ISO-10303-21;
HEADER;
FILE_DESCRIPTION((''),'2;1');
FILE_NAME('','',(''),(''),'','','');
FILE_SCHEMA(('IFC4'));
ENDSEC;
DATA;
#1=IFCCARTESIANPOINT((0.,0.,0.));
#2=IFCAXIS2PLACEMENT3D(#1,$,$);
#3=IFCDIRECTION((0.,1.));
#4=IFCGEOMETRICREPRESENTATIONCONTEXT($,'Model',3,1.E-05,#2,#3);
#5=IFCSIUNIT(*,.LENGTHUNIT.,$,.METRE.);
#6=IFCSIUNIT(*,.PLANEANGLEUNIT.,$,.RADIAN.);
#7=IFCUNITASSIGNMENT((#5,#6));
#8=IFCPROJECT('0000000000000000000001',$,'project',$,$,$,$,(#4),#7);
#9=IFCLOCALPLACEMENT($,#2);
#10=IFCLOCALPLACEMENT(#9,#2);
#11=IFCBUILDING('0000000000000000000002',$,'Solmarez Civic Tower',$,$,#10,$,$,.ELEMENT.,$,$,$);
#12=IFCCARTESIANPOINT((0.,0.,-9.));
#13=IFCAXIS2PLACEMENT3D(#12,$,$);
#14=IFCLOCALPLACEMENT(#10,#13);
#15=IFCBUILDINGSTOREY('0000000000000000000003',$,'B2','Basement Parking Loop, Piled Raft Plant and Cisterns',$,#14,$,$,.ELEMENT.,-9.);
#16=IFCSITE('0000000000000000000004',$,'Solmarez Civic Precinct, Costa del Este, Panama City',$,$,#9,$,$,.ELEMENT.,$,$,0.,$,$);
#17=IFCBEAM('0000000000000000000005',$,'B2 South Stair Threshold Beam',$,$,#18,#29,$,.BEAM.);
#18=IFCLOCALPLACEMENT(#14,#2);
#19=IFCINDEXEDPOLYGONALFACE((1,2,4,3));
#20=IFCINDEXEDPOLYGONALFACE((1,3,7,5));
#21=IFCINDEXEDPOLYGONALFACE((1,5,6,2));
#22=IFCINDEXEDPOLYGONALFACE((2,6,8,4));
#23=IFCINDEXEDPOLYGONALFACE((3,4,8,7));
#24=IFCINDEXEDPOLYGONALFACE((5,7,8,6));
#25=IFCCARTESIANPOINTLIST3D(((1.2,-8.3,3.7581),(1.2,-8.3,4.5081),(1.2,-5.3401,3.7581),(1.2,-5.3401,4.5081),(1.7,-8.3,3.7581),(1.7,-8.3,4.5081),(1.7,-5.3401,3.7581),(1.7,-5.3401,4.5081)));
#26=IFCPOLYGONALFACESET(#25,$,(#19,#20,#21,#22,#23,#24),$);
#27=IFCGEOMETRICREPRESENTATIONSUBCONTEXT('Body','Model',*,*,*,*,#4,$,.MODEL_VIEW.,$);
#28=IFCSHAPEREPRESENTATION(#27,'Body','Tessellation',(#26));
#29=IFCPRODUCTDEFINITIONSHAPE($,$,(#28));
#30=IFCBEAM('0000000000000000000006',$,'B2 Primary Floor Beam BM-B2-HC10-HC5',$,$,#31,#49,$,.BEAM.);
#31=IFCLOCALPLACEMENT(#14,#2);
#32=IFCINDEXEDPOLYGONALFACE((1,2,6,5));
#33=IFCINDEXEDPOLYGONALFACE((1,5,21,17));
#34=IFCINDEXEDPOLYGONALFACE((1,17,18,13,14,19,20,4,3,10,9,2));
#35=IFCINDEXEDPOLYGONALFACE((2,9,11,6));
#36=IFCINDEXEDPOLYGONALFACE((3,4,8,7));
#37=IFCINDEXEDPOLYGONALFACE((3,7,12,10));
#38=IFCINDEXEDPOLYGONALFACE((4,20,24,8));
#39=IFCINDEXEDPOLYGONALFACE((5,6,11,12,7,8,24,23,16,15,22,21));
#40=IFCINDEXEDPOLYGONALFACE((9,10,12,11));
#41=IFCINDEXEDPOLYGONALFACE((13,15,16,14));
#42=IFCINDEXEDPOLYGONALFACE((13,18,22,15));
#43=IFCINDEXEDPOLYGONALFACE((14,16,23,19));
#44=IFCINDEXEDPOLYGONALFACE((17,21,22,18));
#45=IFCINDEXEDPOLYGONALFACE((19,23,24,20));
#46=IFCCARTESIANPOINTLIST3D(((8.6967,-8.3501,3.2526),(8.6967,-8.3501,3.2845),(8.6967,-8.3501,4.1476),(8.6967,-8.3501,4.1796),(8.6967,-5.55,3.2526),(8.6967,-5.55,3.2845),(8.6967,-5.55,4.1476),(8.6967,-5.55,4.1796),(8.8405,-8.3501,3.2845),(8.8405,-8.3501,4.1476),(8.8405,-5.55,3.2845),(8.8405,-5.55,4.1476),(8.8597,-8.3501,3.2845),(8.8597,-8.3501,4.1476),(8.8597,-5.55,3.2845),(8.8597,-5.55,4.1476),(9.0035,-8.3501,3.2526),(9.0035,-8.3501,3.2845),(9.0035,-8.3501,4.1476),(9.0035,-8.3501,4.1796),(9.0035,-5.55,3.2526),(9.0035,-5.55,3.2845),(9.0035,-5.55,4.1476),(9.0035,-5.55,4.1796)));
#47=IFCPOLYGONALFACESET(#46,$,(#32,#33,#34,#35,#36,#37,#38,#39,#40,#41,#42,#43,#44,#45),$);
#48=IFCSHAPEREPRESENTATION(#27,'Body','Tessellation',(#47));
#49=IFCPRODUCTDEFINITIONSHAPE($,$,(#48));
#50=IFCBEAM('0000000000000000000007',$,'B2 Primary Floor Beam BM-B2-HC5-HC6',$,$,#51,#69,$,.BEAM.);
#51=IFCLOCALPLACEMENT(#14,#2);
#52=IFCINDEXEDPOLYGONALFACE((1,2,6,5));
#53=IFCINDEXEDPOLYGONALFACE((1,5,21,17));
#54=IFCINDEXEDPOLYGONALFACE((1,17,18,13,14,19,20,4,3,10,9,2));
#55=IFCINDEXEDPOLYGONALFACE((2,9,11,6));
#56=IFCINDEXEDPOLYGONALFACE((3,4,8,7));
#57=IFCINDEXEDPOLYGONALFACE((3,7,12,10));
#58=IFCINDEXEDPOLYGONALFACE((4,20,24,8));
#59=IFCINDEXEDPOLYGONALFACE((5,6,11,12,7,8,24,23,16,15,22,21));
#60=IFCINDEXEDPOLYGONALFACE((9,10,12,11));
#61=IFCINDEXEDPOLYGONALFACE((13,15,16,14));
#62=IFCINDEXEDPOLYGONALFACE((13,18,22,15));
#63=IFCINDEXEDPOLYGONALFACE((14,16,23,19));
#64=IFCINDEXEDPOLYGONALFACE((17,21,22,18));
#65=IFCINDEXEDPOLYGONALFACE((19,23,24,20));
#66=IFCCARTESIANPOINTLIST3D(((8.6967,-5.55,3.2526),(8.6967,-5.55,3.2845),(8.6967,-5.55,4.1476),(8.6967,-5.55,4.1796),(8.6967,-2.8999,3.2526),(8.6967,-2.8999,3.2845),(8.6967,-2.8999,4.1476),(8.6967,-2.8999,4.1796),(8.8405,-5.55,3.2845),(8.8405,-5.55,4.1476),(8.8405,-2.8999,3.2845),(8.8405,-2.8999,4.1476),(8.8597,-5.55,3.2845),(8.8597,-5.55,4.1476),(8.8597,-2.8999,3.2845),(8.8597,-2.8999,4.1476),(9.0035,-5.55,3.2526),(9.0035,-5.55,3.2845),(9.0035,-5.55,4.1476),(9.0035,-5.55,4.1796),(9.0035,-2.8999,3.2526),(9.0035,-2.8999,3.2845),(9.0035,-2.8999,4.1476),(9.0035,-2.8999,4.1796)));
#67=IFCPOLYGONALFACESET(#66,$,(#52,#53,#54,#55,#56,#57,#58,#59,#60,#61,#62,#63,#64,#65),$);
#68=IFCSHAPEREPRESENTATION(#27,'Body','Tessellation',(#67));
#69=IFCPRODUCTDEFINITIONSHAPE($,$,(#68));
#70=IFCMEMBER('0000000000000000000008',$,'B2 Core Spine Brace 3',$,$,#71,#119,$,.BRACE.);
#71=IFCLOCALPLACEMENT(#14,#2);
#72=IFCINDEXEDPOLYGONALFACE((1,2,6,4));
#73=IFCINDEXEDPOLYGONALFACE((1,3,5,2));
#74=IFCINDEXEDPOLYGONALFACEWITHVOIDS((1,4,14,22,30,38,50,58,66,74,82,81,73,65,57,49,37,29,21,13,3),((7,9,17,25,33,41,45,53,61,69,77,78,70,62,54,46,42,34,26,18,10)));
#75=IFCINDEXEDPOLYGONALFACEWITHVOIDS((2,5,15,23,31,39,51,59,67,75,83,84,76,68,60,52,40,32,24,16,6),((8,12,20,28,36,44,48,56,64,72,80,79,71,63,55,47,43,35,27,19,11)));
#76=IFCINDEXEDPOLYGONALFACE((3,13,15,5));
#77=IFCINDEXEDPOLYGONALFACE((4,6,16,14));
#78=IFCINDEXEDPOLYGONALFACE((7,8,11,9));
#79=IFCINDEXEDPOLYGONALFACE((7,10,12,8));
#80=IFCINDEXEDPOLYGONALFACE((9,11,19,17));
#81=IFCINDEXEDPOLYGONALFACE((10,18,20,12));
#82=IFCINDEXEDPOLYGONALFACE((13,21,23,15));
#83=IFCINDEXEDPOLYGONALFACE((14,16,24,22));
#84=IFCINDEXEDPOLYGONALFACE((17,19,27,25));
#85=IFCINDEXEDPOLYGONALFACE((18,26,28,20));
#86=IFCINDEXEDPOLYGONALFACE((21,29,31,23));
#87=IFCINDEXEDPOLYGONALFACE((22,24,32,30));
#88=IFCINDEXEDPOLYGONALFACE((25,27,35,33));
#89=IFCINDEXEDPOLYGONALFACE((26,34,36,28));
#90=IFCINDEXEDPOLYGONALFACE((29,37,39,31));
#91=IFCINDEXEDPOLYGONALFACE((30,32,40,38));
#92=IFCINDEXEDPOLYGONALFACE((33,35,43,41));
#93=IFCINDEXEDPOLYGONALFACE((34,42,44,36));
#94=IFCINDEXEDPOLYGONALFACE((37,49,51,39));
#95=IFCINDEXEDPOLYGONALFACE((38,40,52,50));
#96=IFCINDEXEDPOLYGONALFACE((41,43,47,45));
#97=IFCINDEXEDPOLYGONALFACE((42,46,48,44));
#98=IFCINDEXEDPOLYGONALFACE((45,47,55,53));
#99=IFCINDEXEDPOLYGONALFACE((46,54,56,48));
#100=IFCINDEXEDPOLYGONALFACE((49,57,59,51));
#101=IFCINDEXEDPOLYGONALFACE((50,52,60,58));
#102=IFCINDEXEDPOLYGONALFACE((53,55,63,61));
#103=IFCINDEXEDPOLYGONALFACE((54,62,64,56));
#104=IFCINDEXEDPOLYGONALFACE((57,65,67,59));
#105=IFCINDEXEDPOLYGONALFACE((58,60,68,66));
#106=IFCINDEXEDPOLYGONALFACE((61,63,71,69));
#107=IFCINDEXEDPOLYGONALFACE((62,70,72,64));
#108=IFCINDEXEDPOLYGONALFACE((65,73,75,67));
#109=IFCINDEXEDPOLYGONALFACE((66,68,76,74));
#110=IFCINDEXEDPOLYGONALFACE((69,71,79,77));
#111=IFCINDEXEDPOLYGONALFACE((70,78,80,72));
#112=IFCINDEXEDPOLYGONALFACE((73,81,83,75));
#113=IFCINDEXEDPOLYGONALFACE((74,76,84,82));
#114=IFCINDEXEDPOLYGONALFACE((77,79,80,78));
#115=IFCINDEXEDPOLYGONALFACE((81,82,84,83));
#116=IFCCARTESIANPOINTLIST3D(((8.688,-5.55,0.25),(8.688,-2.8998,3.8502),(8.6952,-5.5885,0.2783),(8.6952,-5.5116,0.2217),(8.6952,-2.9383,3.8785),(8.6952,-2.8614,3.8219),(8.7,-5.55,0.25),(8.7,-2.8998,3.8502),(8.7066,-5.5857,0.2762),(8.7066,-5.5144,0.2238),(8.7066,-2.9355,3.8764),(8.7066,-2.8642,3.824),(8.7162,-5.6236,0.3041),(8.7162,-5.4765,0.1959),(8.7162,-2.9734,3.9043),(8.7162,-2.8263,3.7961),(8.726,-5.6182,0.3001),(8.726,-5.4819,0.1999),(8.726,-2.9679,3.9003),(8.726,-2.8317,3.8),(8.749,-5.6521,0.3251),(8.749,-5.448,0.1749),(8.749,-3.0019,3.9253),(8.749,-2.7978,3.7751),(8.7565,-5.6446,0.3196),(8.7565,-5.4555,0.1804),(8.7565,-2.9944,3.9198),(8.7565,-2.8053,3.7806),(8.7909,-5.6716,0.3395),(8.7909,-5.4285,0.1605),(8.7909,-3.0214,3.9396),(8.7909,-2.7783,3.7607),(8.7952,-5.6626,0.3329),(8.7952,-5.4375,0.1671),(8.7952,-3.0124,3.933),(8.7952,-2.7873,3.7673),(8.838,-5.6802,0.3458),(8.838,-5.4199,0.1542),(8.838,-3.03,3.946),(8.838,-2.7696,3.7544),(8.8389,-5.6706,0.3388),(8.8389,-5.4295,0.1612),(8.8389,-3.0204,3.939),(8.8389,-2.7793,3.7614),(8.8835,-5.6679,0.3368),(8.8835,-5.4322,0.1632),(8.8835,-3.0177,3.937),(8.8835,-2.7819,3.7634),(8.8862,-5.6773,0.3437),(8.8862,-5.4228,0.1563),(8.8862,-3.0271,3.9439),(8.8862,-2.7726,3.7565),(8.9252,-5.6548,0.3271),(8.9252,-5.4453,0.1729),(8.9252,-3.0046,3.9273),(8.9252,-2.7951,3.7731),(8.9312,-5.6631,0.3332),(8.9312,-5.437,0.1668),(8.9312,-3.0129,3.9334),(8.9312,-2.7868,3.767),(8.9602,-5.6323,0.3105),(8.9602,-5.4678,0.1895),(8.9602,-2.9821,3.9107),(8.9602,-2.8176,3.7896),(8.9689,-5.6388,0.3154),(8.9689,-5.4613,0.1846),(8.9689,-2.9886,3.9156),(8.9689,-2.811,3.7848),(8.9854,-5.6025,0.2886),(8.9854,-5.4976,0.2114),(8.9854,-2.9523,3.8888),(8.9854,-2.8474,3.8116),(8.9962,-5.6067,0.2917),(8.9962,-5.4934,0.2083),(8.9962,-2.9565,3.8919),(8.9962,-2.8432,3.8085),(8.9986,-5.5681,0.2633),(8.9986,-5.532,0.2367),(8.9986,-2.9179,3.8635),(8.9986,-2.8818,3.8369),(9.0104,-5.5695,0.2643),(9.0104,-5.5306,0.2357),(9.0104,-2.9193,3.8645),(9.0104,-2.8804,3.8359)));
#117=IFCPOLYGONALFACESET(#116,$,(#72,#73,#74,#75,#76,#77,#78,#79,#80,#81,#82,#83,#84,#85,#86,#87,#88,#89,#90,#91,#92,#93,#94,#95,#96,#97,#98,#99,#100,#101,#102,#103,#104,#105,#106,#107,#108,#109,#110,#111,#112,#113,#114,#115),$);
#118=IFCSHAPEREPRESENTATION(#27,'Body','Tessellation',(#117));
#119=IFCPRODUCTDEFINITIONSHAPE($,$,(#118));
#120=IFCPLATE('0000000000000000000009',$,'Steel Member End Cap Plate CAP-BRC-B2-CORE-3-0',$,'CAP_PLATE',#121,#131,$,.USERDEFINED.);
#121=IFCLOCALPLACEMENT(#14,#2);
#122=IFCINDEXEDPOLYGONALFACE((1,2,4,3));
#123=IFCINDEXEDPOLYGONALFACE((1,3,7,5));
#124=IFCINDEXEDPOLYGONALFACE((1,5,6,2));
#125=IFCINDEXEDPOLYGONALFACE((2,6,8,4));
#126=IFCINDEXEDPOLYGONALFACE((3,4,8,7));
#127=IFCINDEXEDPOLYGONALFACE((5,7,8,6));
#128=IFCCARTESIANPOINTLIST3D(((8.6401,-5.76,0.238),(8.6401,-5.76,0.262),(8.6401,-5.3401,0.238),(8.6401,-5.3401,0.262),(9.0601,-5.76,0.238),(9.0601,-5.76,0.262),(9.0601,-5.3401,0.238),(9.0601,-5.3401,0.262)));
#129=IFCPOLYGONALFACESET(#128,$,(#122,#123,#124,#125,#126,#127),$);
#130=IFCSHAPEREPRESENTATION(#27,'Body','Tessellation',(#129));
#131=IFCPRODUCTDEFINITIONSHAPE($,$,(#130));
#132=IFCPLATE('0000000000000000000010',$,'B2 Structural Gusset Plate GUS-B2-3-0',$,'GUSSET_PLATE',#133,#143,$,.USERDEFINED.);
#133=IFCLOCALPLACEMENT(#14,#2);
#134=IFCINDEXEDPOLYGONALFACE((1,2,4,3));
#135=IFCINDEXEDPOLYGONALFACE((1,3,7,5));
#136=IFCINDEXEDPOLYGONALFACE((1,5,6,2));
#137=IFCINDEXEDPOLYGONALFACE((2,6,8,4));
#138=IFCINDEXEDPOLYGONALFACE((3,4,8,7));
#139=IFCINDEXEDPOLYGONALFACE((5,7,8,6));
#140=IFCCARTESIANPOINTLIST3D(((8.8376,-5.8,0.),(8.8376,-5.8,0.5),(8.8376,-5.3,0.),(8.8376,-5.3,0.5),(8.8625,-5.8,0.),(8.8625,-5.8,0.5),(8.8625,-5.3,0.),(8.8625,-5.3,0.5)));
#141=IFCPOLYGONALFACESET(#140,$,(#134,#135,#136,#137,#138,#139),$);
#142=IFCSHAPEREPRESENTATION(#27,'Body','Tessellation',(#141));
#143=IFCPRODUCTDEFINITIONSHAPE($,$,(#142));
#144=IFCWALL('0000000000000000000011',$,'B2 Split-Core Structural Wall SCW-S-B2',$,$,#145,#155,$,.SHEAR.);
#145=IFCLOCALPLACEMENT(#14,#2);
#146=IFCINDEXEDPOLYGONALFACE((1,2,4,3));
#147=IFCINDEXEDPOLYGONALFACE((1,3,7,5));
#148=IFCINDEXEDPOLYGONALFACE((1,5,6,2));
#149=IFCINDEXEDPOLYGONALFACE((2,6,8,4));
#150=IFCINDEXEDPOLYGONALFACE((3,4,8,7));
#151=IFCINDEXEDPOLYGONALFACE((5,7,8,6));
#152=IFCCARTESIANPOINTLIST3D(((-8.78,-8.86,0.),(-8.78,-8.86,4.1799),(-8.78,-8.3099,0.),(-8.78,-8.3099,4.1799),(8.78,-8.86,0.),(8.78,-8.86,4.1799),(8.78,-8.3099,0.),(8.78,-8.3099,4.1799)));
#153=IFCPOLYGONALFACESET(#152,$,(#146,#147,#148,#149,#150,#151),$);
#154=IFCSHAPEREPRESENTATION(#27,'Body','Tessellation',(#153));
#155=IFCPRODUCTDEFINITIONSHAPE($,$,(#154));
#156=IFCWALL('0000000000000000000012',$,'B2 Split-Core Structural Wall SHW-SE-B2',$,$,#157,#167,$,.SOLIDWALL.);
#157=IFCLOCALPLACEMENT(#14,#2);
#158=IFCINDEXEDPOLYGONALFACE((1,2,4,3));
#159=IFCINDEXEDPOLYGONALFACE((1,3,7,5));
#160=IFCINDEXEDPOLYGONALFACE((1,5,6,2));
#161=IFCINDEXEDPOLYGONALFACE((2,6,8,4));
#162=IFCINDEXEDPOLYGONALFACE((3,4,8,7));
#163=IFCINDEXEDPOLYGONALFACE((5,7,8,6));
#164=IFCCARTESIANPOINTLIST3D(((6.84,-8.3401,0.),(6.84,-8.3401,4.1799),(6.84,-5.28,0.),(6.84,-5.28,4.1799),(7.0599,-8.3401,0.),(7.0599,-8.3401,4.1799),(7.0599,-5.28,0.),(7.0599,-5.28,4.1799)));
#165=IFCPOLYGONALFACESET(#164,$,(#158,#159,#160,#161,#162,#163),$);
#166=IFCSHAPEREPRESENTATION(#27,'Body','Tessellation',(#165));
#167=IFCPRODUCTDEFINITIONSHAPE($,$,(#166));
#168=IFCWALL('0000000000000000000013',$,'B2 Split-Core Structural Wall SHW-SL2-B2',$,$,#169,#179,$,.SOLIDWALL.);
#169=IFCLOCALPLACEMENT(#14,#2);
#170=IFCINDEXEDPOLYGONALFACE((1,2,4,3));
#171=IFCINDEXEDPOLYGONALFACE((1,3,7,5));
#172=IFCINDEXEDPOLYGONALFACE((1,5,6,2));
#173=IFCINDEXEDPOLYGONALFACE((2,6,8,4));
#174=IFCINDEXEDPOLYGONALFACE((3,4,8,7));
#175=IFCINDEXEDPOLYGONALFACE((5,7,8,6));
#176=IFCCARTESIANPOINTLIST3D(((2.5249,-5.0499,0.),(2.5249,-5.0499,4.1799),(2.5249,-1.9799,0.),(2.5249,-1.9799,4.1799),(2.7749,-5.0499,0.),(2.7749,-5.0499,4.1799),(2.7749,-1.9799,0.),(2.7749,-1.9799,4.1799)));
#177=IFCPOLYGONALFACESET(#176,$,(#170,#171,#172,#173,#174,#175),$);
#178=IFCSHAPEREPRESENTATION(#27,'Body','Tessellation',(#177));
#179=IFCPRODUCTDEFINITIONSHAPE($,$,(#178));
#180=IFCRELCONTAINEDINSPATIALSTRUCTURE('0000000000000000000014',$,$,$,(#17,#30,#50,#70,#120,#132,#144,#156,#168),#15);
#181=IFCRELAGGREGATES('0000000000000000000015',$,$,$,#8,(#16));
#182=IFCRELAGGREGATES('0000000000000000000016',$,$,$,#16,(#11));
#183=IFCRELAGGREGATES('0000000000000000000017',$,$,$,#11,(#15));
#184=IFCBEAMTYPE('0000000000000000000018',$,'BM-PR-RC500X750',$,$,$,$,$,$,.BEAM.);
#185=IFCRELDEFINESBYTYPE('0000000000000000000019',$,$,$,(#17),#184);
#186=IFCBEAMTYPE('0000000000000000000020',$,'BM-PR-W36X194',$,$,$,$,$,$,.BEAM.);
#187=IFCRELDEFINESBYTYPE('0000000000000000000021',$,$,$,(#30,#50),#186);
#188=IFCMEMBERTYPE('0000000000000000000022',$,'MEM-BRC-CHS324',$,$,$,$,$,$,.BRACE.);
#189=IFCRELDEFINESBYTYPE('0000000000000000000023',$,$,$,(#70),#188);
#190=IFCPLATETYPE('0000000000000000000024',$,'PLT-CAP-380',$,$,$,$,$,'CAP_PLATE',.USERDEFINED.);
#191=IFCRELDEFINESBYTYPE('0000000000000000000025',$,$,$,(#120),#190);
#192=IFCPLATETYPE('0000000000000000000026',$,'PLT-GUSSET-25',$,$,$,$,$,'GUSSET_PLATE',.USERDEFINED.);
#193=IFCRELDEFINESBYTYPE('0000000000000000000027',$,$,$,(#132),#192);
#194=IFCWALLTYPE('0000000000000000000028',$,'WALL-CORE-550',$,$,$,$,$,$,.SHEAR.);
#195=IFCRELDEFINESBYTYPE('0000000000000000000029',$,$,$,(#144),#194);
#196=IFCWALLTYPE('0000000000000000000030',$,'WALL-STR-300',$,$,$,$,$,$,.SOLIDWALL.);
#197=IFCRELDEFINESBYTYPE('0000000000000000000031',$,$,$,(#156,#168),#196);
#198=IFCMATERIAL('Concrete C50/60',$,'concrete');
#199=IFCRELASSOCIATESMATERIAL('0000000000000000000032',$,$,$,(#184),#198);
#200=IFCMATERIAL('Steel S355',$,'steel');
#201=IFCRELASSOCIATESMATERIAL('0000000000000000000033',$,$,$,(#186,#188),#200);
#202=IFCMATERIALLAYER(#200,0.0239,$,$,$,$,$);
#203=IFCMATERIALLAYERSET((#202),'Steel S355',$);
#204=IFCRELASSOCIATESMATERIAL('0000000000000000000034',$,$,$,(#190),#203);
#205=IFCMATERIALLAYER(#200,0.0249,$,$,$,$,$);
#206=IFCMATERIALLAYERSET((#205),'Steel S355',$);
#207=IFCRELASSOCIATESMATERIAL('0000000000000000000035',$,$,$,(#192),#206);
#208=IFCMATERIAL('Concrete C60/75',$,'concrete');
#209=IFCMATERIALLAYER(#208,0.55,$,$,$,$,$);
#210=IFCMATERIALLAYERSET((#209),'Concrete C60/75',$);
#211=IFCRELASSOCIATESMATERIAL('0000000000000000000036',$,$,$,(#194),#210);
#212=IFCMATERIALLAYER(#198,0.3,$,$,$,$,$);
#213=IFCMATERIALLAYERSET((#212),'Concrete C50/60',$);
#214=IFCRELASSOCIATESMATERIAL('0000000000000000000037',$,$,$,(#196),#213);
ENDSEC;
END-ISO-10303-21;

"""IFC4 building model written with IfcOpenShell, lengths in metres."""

from ifc_helpers import new_model, si_unit, direction, frame, frame_2d, origin, origin_2d, place, context, subcontext, project, spatial, rectangle, hollow_circle, i_section, extrude, material, layer, layer_set, material_profile, profile_set, type_object, element, save


model = new_model("IFC4")

# Units and contexts
model_context = context("Model", 3, precision=1e-05, world=origin(), true_north=direction((0.0, 1.0)))
body_context = subcontext(model_context, "Body", "Model", "MODEL_VIEW")
ifc_project = project(units=[si_unit("LENGTHUNIT", "METRE"), si_unit("PLANEANGLEUNIT", "RADIAN")], contexts=[model_context])

# Site, building, storey
site_placement = place(None, origin())
site = spatial("IfcSite", under=ifc_project, at=site_placement, Name="Solmarez Civic Precinct, Costa del Este, Panama City", CompositionType="ELEMENT", RefElevation=0.0)
building_placement = place(site_placement, origin())
building = spatial("IfcBuilding", under=site, at=building_placement, Name="Solmarez Civic Tower", CompositionType="ELEMENT")
storey_placement = place(building_placement, frame((0.0, 0.0, -9.0)))
storey = spatial("IfcBuildingStorey", under=building, at=storey_placement, Name="B2", Description="Basement Parking Loop, Piled Raft Plant and Cisterns", CompositionType="ELEMENT", Elevation=-9.0)

# Shared definitions
ifc_material_1 = material(Name="Concrete C60/75", Category="concrete")

# Beams
ifc_material_2 = material(Name="Concrete C50/60", Category="concrete")
ifc_material_profile_1 = material_profile(ifc_material_2, rectangle(XDim=0.5, YDim=0.75, at=origin_2d()), Name="RC500X750")
ifc_profile_set_1 = profile_set([ifc_material_profile_1], Name="Concrete C50/60")
beam_type_1 = type_object("IfcBeamType", Name="BM-PR-RC500X750", PredefinedType="BEAM", material=ifc_profile_set_1)
beam_1_placement = place(storey_placement, frame((1.45, -8.3, 4.1331), z_axis=(0.0, 1.0, 0.0), x_axis=(-1.0, 0.0, 0.0)))
element("IfcBeam", 1, at=beam_1_placement, inside=storey, type_object=beam_type_1, Name="B2 South Stair Threshold Beam", PredefinedType="BEAM", context=body_context, shape_type="SweptSolid", body=[
    extrude(rectangle(XDim=0.5, YDim=0.75, at=origin_2d()), origin(), (0.0, 0.0, 1.0), 2.96),
])
ifc_material_3 = material(Name="Steel S355", Category="steel")
ifc_material_profile_2 = material_profile(ifc_material_3, i_section(OverallWidth=0.3069, OverallDepth=0.927, WebThickness=0.0193, FlangeThickness=0.032, at=origin_2d()), Name="W36X194")
ifc_profile_set_2 = profile_set([ifc_material_profile_2], Name="Steel S355")
beam_type_2 = type_object("IfcBeamType", Name="BM-PR-W36X194", PredefinedType="BEAM", material=ifc_profile_set_2)
beam_2_placement = place(storey_placement, frame((8.8501, -8.3501, 3.7161), z_axis=(0.0, 1.0, 0.0), x_axis=(-1.0, 0.0, 0.0)))
element("IfcBeam", 2, at=beam_2_placement, inside=storey, type_object=beam_type_2, Name="B2 Primary Floor Beam BM-B2-HC10-HC5", PredefinedType="BEAM", context=body_context, shape_type="SweptSolid", body=[
    extrude(i_section(OverallWidth=0.3069, OverallDepth=0.927, WebThickness=0.0193, FlangeThickness=0.032, at=origin_2d()), origin(), (0.0, 0.0, 1.0), 2.8),
])
beam_3_placement = place(storey_placement, frame((8.8501, -5.55, 3.7161), z_axis=(0.0, 1.0, 0.0), x_axis=(-1.0, 0.0, 0.0)))
element("IfcBeam", 3, at=beam_3_placement, inside=storey, type_object=beam_type_2, Name="B2 Primary Floor Beam BM-B2-HC5-HC6", PredefinedType="BEAM", context=body_context, shape_type="SweptSolid", body=[
    extrude(i_section(OverallWidth=0.3069, OverallDepth=0.927, WebThickness=0.0193, FlangeThickness=0.032, at=origin_2d()), origin(), (0.0, 0.0, 1.0), 2.6501),
])

# Member
ifc_material_profile_3 = material_profile(ifc_material_3, hollow_circle(Radius=0.1621, WallThickness=0.012, at=origin_2d()), Name="CHS324X12")
ifc_profile_set_3 = profile_set([ifc_material_profile_3], Name="Steel S355")
member_type = type_object("IfcMemberType", Name="MEM-BRC-CHS324", PredefinedType="BRACE", material=ifc_profile_set_3)
member_placement = place(storey_placement, frame((8.8501, -5.55, 0.25), z_axis=(0.0, 0.592828, 0.805329), x_axis=(-1.0, 0.0, 0.0)))
element("IfcMember", 4, at=member_placement, inside=storey, type_object=member_type, Name="B2 Core Spine Brace 3", PredefinedType="BRACE", context=body_context, shape_type="SweptSolid", body=[
    extrude(hollow_circle(Radius=0.1621, WallThickness=0.012, at=origin_2d()), origin(), (0.0, 0.0, 1.0), 4.4705),
])

# Plates
ifc_layer_1 = layer(ifc_material_3, 0.0239)
ifc_layer_set_1 = layer_set([ifc_layer_1], Name="Steel S355")
plate_type_1 = type_object("IfcPlateType", Name="PLT-CAP-380", ElementType="CAP_PLATE", PredefinedType="USERDEFINED", material=ifc_layer_set_1)
plate_1_placement = place(storey_placement, frame((8.8501, -5.55, 0.238), z_axis=(0.0, 0.0, 1.0), x_axis=(1.0, 0.0, 0.0)))
element("IfcPlate", 5, at=plate_1_placement, inside=storey, type_object=plate_type_1, Name="Steel Member End Cap Plate CAP-BRC-B2-CORE-3-0", ObjectType="CAP_PLATE", PredefinedType="USERDEFINED", context=body_context, shape_type="SweptSolid", body=[
    extrude(rectangle(XDim=0.4199, YDim=0.4199, at=origin_2d()), origin(), (0.0, 0.0, 1.0), 0.0239),
])
ifc_layer_2 = layer(ifc_material_3, 0.0249)
ifc_layer_set_2 = layer_set([ifc_layer_2], Name="Steel S355")
plate_type_2 = type_object("IfcPlateType", Name="PLT-GUSSET-25", ElementType="GUSSET_PLATE", PredefinedType="USERDEFINED", material=ifc_layer_set_2)
plate_2_placement = place(storey_placement, frame((8.8501, -5.55, 0.0), z_axis=(0.0, 0.0, 1.0), x_axis=(0.0, 1.0, 0.0)))
element("IfcPlate", 6, at=plate_2_placement, inside=storey, type_object=plate_type_2, Name="B2 Structural Gusset Plate GUS-B2-3-0", ObjectType="GUSSET_PLATE", PredefinedType="USERDEFINED", context=body_context, shape_type="SweptSolid", body=[
    extrude(rectangle(XDim=0.5, YDim=0.0249, at=origin_2d()), origin(), (0.0, 0.0, 1.0), 0.5),
])

# Walls
ifc_layer_3 = layer(ifc_material_1, 0.55)
ifc_layer_set_3 = layer_set([ifc_layer_3], Name="Concrete C60/75")
wall_type_1 = type_object("IfcWallType", Name="WALL-CORE-550", PredefinedType="SHEAR", material=ifc_layer_set_3)
wall_1_placement = place(storey_placement, frame((8.78, -8.585, 0.0), z_axis=(0.0, 0.0, 1.0), x_axis=(-1.0, 0.0, 0.0)))
element("IfcWall", 7, at=wall_1_placement, inside=storey, type_object=wall_type_1, Name="B2 Split-Core Structural Wall SCW-S-B2", PredefinedType="SHEAR", context=body_context, shape_type="SweptSolid", body=[
    extrude(rectangle(XDim=17.5601, YDim=0.55, at=frame_2d((8.78, 0.0))), origin(), (0.0, 0.0, 1.0), 4.1799),
])
ifc_layer_4 = layer(ifc_material_2, 0.3)
ifc_layer_set_4 = layer_set([ifc_layer_4], Name="Concrete C50/60")
wall_type_2 = type_object("IfcWallType", Name="WALL-STR-300", PredefinedType="SOLIDWALL", material=ifc_layer_set_4)
wall_2_placement = place(storey_placement, frame((6.95, -8.3401, 0.0), z_axis=(0.0, 0.0, 1.0), x_axis=(0.0, 1.0, 0.0)))
element("IfcWall", 8, at=wall_2_placement, inside=storey, type_object=wall_type_2, Name="B2 Split-Core Structural Wall SHW-SE-B2", PredefinedType="SOLIDWALL", context=body_context, shape_type="SweptSolid", body=[
    extrude(rectangle(XDim=3.0601, YDim=0.22, at=frame_2d((1.53, 0.0))), origin(), (0.0, 0.0, 1.0), 4.1799),
])
wall_3_placement = place(storey_placement, frame((2.6499, -5.05, 0.0), z_axis=(0.0, 0.0, 1.0), x_axis=(0.0, 1.0, 0.0)))
element("IfcWall", 9, at=wall_3_placement, inside=storey, type_object=wall_type_2, Name="B2 Split-Core Structural Wall SHW-SL2-B2", PredefinedType="SOLIDWALL", context=body_context, shape_type="SweptSolid", body=[
    extrude(rectangle(XDim=3.0701, YDim=0.25, at=frame_2d((1.5352, 0.0))), origin(), (0.0, 0.0, 1.0), 4.1799),
])

save(model, "model.ifc")
